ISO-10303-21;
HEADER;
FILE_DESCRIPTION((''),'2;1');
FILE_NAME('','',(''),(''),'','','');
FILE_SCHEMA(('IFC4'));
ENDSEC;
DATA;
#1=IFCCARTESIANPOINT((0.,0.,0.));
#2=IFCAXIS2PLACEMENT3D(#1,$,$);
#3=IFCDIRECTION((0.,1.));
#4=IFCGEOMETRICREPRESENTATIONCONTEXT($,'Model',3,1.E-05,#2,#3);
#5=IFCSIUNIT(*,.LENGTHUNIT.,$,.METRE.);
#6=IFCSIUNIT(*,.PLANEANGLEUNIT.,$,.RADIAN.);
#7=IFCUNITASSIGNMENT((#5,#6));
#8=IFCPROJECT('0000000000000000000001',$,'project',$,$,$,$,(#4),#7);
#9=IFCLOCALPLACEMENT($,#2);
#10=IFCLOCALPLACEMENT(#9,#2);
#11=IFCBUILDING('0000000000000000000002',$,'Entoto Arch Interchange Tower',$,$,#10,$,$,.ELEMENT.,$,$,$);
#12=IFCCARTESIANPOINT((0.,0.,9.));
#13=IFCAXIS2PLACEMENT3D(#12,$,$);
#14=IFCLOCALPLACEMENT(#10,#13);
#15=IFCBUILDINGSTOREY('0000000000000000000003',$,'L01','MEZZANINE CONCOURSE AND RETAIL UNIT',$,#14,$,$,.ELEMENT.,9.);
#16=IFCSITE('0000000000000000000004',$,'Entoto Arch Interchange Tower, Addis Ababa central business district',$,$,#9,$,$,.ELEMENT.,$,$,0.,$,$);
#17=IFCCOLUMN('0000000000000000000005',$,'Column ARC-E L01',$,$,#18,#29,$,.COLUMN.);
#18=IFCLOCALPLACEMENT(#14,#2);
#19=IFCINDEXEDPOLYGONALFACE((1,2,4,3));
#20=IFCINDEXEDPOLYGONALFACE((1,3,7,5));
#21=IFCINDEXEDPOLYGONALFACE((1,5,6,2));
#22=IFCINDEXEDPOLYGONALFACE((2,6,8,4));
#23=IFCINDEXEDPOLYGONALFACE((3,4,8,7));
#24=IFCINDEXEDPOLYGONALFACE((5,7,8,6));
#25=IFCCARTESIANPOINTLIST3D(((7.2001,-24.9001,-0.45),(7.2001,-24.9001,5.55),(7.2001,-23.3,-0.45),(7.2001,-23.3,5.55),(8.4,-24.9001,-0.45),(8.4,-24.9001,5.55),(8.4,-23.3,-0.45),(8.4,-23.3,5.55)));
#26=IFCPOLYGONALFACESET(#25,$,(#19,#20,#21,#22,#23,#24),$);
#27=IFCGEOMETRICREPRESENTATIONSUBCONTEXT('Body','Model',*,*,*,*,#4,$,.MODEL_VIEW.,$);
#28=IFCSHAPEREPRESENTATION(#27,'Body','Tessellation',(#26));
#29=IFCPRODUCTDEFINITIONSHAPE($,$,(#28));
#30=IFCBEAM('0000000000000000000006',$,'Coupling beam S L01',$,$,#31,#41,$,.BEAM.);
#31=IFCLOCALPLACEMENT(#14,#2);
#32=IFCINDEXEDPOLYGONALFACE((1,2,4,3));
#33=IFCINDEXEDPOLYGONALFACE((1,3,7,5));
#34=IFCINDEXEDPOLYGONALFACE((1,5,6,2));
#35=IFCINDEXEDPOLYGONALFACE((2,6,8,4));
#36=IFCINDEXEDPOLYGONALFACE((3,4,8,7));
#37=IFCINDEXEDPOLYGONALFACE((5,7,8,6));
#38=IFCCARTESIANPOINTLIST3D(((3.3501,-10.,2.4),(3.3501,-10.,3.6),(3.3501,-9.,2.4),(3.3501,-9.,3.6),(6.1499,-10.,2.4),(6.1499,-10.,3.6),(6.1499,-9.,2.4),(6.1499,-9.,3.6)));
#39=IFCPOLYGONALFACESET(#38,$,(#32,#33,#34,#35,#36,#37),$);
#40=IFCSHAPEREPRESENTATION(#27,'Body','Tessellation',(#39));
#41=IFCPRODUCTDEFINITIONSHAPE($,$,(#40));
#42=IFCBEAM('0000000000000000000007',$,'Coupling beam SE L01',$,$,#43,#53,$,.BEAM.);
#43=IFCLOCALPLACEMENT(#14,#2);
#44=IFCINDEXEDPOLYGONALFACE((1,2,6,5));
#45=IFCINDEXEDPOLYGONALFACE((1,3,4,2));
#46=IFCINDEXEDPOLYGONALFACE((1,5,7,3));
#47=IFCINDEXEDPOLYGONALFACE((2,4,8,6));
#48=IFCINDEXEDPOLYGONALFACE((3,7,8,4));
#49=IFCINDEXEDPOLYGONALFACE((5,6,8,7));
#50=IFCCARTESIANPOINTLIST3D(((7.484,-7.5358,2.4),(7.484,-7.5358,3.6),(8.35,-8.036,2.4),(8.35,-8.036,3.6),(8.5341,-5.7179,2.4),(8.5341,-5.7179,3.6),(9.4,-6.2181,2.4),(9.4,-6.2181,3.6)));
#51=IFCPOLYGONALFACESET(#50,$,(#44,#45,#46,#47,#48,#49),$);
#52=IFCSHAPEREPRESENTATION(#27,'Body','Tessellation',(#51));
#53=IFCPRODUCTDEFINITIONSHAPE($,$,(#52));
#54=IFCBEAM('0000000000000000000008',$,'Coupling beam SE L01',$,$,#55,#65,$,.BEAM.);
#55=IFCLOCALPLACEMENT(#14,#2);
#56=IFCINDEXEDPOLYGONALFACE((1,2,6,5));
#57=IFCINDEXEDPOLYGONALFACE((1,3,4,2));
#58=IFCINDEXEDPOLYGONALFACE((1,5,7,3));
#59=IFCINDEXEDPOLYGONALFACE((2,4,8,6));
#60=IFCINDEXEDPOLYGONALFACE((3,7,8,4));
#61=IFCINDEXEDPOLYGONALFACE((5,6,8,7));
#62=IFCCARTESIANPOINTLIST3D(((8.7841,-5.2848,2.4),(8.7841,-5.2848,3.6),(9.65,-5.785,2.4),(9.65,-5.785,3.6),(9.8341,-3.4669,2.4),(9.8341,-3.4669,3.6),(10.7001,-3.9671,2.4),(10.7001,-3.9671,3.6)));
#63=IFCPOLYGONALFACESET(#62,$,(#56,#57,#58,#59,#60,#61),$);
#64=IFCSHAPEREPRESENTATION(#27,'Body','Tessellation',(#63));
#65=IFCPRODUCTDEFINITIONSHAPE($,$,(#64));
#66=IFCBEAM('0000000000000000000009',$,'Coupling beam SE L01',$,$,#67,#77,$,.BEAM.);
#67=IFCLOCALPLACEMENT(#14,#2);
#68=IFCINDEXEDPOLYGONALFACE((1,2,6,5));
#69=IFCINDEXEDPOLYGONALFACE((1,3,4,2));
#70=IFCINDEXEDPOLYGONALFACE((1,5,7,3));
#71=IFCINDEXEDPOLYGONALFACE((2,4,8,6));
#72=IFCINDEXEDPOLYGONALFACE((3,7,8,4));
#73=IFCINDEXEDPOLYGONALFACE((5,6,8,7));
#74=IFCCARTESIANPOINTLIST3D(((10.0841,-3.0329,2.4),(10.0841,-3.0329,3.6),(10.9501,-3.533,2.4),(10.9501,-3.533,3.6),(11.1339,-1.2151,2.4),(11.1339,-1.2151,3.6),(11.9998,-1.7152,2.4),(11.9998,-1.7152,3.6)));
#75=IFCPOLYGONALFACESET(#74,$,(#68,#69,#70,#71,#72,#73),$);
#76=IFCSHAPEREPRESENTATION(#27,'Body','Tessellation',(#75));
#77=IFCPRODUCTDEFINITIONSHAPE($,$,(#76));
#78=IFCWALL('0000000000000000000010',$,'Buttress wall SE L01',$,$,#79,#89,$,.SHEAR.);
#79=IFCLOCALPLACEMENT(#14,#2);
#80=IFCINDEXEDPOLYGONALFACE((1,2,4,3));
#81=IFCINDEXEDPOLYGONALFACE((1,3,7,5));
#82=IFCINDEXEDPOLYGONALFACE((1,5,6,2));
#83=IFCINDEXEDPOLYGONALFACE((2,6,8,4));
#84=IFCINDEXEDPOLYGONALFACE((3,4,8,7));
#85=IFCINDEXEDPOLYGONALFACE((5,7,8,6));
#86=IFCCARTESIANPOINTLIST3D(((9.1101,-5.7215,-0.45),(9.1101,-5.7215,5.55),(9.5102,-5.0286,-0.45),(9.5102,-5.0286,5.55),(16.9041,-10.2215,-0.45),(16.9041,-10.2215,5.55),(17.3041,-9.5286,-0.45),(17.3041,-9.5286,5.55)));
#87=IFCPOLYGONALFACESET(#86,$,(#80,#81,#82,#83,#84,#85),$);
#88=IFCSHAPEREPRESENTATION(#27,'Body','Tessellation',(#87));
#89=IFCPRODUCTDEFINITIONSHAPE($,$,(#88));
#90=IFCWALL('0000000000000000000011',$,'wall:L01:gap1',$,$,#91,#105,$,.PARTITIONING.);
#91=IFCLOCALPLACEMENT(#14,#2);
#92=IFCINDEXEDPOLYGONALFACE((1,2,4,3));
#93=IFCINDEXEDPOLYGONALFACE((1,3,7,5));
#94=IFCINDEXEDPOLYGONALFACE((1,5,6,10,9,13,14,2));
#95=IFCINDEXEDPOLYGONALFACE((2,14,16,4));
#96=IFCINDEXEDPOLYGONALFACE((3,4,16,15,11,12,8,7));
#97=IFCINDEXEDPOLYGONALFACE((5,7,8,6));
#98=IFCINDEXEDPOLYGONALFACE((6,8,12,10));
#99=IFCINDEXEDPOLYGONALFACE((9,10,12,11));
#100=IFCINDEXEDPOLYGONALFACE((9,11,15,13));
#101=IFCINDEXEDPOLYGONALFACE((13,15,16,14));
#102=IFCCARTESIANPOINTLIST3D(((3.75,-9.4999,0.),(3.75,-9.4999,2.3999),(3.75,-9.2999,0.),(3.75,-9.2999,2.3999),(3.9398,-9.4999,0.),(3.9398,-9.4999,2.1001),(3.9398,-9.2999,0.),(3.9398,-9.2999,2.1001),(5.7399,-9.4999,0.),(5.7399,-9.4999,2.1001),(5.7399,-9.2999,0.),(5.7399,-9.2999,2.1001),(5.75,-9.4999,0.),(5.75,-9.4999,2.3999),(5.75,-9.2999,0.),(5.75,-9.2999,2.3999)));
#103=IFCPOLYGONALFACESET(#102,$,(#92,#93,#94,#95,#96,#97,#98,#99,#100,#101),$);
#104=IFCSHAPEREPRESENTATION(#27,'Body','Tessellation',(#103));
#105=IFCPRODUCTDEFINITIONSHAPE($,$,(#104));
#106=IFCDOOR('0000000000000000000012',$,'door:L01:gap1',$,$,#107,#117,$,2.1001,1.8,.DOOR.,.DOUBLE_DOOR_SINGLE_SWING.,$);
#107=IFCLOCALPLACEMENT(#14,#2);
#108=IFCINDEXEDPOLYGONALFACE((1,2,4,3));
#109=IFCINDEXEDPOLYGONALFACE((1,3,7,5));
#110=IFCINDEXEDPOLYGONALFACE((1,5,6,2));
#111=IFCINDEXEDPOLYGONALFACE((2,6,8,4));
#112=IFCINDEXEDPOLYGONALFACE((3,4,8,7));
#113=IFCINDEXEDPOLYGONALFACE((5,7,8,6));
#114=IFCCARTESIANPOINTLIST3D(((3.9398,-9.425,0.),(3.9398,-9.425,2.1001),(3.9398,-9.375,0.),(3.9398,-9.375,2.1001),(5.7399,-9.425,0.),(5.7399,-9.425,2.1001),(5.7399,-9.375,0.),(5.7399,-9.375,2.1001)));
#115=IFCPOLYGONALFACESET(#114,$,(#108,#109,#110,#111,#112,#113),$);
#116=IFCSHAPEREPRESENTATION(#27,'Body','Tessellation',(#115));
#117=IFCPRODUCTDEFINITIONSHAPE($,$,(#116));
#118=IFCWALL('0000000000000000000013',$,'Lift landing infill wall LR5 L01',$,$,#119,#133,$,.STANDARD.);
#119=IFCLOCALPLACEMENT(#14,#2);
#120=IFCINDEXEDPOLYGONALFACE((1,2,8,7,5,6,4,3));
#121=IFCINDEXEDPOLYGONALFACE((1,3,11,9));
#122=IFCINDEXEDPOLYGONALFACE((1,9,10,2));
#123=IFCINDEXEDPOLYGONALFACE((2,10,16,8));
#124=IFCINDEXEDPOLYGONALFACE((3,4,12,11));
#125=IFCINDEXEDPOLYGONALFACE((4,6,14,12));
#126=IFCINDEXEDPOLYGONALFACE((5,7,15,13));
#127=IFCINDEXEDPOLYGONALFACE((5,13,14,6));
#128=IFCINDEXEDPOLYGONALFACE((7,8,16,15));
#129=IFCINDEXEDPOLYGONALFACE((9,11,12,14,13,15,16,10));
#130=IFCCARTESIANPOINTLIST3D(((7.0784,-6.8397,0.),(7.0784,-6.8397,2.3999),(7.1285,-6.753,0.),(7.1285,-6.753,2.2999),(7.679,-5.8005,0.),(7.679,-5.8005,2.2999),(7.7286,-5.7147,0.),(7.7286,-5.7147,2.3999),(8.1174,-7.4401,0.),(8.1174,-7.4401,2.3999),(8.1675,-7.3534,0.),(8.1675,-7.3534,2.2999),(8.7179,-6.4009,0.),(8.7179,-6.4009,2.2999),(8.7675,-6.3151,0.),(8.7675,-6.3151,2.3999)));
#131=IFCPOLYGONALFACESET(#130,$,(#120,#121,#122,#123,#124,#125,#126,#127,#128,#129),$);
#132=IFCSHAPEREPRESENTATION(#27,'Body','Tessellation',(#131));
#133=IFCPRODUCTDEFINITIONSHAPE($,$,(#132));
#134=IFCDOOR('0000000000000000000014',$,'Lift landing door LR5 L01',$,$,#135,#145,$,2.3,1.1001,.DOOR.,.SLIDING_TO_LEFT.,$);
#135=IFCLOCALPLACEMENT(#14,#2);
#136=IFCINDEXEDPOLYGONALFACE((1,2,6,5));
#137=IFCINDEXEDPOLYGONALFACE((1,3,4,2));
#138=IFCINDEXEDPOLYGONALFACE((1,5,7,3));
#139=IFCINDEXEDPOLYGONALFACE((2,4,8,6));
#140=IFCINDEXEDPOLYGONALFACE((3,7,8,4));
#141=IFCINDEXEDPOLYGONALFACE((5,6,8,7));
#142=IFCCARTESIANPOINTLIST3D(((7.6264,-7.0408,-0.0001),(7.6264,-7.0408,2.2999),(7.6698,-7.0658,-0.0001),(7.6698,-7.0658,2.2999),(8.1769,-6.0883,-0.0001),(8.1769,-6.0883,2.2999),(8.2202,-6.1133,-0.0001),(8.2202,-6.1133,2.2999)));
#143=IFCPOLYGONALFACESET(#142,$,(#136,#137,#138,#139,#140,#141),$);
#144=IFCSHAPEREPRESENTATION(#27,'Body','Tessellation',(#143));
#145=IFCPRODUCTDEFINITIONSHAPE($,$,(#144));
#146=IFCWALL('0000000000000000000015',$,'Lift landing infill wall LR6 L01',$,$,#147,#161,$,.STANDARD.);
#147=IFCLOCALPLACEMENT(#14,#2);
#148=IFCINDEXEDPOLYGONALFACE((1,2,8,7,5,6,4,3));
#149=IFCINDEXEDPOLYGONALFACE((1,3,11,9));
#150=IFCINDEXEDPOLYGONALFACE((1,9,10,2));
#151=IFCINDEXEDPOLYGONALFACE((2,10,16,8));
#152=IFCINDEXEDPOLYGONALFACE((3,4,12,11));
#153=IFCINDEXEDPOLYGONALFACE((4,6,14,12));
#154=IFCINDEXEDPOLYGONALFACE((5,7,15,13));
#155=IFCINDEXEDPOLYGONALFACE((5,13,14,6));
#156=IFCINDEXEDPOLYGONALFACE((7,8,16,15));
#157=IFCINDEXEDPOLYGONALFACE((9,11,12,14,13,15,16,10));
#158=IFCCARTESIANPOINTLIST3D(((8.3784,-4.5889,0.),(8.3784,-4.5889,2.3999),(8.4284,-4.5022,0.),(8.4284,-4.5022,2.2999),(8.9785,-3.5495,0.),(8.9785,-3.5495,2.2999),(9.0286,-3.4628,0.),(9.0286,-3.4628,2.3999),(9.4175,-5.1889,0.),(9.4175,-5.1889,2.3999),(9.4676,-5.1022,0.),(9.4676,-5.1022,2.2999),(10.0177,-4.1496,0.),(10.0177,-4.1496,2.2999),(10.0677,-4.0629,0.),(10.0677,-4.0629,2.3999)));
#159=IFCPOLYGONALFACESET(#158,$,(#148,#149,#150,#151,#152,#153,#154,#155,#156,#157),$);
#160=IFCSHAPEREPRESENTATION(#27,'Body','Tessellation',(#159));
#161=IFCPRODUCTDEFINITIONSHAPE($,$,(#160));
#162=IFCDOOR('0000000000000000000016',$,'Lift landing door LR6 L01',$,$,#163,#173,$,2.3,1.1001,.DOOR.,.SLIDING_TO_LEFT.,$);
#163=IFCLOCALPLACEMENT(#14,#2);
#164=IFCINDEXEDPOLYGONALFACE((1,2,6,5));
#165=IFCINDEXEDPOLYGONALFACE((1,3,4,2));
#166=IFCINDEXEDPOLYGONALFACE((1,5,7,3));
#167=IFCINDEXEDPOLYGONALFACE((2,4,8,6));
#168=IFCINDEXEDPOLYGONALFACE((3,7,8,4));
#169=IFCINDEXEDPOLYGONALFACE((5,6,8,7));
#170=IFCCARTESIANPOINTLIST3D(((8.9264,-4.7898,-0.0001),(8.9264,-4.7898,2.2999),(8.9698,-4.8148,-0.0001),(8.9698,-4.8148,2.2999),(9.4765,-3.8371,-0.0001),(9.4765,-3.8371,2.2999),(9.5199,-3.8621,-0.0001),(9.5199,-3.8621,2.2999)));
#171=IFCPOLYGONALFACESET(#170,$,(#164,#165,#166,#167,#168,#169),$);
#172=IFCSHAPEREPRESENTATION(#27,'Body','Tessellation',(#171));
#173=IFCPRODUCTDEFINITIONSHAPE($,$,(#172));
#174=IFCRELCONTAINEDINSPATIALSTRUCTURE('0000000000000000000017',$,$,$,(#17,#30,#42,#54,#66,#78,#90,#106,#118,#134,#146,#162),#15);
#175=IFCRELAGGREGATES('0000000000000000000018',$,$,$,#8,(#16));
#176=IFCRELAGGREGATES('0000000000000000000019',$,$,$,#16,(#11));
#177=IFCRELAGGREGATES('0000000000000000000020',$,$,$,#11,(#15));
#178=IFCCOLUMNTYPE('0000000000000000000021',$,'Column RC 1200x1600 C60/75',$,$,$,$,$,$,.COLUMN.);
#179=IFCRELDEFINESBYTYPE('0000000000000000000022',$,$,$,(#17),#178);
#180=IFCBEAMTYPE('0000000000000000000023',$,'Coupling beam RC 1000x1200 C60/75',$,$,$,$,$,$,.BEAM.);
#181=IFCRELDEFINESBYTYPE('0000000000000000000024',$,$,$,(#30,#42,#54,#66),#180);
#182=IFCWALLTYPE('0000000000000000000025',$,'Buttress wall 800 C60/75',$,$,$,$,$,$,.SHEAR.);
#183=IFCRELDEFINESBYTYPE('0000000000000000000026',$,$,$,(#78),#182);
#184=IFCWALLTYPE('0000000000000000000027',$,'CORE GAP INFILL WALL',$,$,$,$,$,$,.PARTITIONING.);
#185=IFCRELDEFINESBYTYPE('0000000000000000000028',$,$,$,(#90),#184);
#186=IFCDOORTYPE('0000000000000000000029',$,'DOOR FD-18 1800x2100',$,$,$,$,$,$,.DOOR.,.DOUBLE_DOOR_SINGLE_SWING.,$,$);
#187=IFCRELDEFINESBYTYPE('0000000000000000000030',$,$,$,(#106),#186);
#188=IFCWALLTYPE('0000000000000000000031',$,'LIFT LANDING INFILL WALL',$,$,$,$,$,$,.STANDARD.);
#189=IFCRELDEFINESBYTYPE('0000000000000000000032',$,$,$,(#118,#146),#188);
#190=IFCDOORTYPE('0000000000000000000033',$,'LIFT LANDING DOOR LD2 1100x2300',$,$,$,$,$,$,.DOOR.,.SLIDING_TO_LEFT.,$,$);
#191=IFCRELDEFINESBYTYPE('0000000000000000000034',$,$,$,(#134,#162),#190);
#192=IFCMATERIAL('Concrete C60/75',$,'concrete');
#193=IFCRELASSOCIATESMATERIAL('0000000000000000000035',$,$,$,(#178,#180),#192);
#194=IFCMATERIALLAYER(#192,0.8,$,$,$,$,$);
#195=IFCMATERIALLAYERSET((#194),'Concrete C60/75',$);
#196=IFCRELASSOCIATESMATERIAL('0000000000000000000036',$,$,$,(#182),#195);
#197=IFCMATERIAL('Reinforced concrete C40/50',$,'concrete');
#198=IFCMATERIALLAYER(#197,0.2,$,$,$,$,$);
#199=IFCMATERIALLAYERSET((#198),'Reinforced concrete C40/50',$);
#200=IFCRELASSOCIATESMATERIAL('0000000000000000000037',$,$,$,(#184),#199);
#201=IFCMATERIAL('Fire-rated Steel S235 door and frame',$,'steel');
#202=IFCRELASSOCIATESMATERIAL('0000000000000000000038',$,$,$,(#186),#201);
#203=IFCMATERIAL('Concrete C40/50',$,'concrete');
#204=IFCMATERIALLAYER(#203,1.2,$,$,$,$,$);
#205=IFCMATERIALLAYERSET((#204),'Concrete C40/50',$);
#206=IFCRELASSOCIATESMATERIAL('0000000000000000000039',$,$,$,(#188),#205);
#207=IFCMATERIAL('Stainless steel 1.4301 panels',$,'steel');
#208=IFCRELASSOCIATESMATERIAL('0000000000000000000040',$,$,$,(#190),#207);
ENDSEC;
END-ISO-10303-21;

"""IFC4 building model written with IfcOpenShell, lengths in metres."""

from ifc_helpers import new_model, si_unit, direction, frame, frame_2d, origin, origin_2d, place, context, subcontext, project, spatial, rectangle, extrude, material, layer, layer_set, material_profile, profile_set, type_object, element, fill, save


model = new_model("IFC4")

# Units and contexts
model_context = context("Model", 3, precision=1e-05, world=origin(), true_north=direction((0.0, 1.0)))
body_context = subcontext(model_context, "Body", "Model", "MODEL_VIEW")
ifc_project = project(units=[si_unit("LENGTHUNIT", "METRE"), si_unit("PLANEANGLEUNIT", "RADIAN")], contexts=[model_context])

# Site, building, storey
site_placement = place(None, origin())
site = spatial("IfcSite", under=ifc_project, at=site_placement, Name="Entoto Arch Interchange Tower, Addis Ababa central business district", CompositionType="ELEMENT", RefElevation=0.0)
building_placement = place(site_placement, origin())
building = spatial("IfcBuilding", under=site, at=building_placement, Name="Entoto Arch Interchange Tower", CompositionType="ELEMENT")
storey_placement = place(building_placement, frame((0.0, 0.0, 9.0)))
storey = spatial("IfcBuildingStorey", under=building, at=storey_placement, Name="L01", Description="MEZZANINE CONCOURSE AND RETAIL UNIT", CompositionType="ELEMENT", Elevation=9.0)

# Column
ifc_material_1 = material(Name="Concrete C60/75", Category="concrete")
ifc_material_profile_1 = material_profile(ifc_material_1, rectangle(XDim=1.2, YDim=1.6001, at=origin_2d()))
ifc_profile_set_1 = profile_set([ifc_material_profile_1], Name="Concrete C60/75")
column_type = type_object("IfcColumnType", Name="Column RC 1200x1600 C60/75", PredefinedType="COLUMN", material=ifc_profile_set_1)
column_placement = place(storey_placement, frame((7.8, -24.1001, -0.45), z_axis=(0.0, 0.0, 1.0), x_axis=(1.0, 0.0, 0.0)))
element("IfcColumn", 1, at=column_placement, inside=storey, type_object=column_type, Name="Column ARC-E L01", PredefinedType="COLUMN", context=body_context, shape_type="SweptSolid", body=[
    extrude(rectangle(XDim=1.2, YDim=1.6001, at=origin_2d()), origin(), (0.0, 0.0, 1.0), 6.0),
])

# Beams
ifc_material_profile_2 = material_profile(ifc_material_1, rectangle(XDim=1.0, YDim=1.2, at=origin_2d()))
ifc_profile_set_2 = profile_set([ifc_material_profile_2], Name="Concrete C60/75")
beam_type = type_object("IfcBeamType", Name="Coupling beam RC 1000x1200 C60/75", PredefinedType="BEAM", material=ifc_profile_set_2)
beam_1_placement = place(storey_placement, frame((3.3501, -9.5, 3.0), z_axis=(1.0, 0.0, 0.0), x_axis=(0.0, 1.0, 0.0)))
element("IfcBeam", 2, at=beam_1_placement, inside=storey, type_object=beam_type, Name="Coupling beam S L01", PredefinedType="BEAM", context=body_context, shape_type="SweptSolid", body=[
    extrude(rectangle(XDim=1.0, YDim=1.2, at=origin_2d()), origin(), (0.0, 0.0, 1.0), 2.7998),
])
for number, where, z_axis, x_axis, name in (
    (3, (7.917, -7.7859, 3.0), (0.500179, 0.865922, 0.0), (-0.865922, 0.500179, 0.0), "Coupling beam SE L01"),
    (4, (9.217, -5.5349, 3.0), (0.500179, 0.865922, 0.0), (-0.865922, 0.500179, 0.0), "Coupling beam SE L01"),
):
    element("IfcBeam", number, at=place(storey_placement, frame(where, z_axis=z_axis, x_axis=x_axis)), inside=storey, type_object=beam_type, Name=name, PredefinedType="BEAM", context=body_context, shape_type="SweptSolid", body=[
        extrude(rectangle(XDim=1.0, YDim=1.2, at=origin_2d()), origin(), (0.0, 0.0, 1.0), 2.0994),
    ])
beam_2_placement = place(storey_placement, frame((10.5171, -3.283, 3.0), z_axis=(0.500092, 0.865973, 0.0), x_axis=(-0.865973, 0.500092, 0.0)))
element("IfcBeam", 5, at=beam_2_placement, inside=storey, type_object=beam_type, Name="Coupling beam SE L01", PredefinedType="BEAM", context=body_context, shape_type="SweptSolid", body=[
    extrude(rectangle(XDim=1.0, YDim=1.2, at=origin_2d()), origin(), (0.0, 0.0, 1.0), 2.0991),
])

# Wall
ifc_layer_1 = layer(ifc_material_1, 0.8)
ifc_layer_set_1 = layer_set([ifc_layer_1], Name="Concrete C60/75")
wall_type_1 = type_object("IfcWallType", Name="Buttress wall 800 C60/75", PredefinedType="SHEAR", material=ifc_layer_set_1)
wall_1_placement = place(storey_placement, frame((9.3101, -5.375, -0.45), z_axis=(0.0, 0.0, 1.0), x_axis=(0.866018, -0.500014, 0.0)))
element("IfcWall", 6, at=wall_1_placement, inside=storey, type_object=wall_type_1, Name="Buttress wall SE L01", PredefinedType="SHEAR", context=body_context, shape_type="SweptSolid", body=[
    extrude(rectangle(XDim=8.9998, YDim=0.8, at=frame_2d((4.5, 0.0))), origin(), (0.0, 0.0, 1.0), 6.0),
])

# Walls, openings, doors
ifc_material_2 = material(Name="Reinforced concrete C40/50", Category="concrete")
ifc_layer_2 = layer(ifc_material_2, 0.2)
ifc_layer_set_2 = layer_set([ifc_layer_2], Name="Reinforced concrete C40/50")
wall_type_2 = type_object("IfcWallType", Name="CORE GAP INFILL WALL", PredefinedType="PARTITIONING", material=ifc_layer_set_2)
wall_2_placement = place(storey_placement, frame((3.75, -9.3999, 0.0), z_axis=(0.0, 0.0, 1.0), x_axis=(1.0, 0.0, 0.0)))
wall_2 = element("IfcWall", 7, at=wall_2_placement, inside=storey, type_object=wall_type_2, Name="wall:L01:gap1", PredefinedType="PARTITIONING", context=body_context, shape_type="SweptSolid", body=[
    extrude(rectangle(XDim=2.0, YDim=0.2, at=frame_2d((1.0, 0.0))), origin(), (0.0, 0.0, 1.0), 2.3999),
])
opening_1_placement = place(wall_2_placement, frame((0.1899, 0.0, 0.0)))
opening_1 = element("IfcOpeningElement", 8, at=opening_1_placement, cuts=wall_2, PredefinedType="OPENING", context=body_context, shape_type="SweptSolid", body=[
    extrude(rectangle(XDim=1.8, YDim=2.1001, at=frame_2d((0.8999, 1.05))), frame((0.0, 0.1099, 0.0), z_axis=(0.0, -1.0, 0.0), x_axis=(1.0, 0.0, 0.0)), (0.0, 0.0, 1.0), 0.22),
])
ifc_material_3 = material(Name="Fire-rated Steel S235 door and frame", Category="steel")
door_type_1 = type_object("IfcDoorType", Name="DOOR FD-18 1800x2100", OperationType="DOUBLE_DOOR_SINGLE_SWING", PredefinedType="DOOR", material=ifc_material_3)
door_1_placement = place(opening_1_placement, origin())
door_1 = element("IfcDoor", 9, at=door_1_placement, inside=storey, type_object=door_type_1, Name="door:L01:gap1", OperationType="DOUBLE_DOOR_SINGLE_SWING", OverallHeight=2.1001, OverallWidth=1.8, PredefinedType="DOOR", context=body_context, shape_type="SweptSolid", body=[
    extrude(rectangle(XDim=1.8, YDim=2.1001, at=frame_2d((0.8999, 1.05))), frame((0.0, 0.0249, 0.0), z_axis=(0.0, -1.0, 0.0), x_axis=(1.0, 0.0, 0.0)), (0.0, 0.0, 1.0), 0.05),
])
fill(opening_1, door_1)
ifc_material_4 = material(Name="Concrete C40/50", Category="concrete")
ifc_layer_3 = layer(ifc_material_4, 1.2)
ifc_layer_set_3 = layer_set([ifc_layer_3], Name="Concrete C40/50")
wall_type_3 = type_object("IfcWallType", Name="LIFT LANDING INFILL WALL", PredefinedType="STANDARD", material=ifc_layer_set_3)
wall_3_placement = place(storey_placement, frame((7.5979, -7.1399, 0.0), z_axis=(0.0, 0.0, 1.0), x_axis=(0.500362, 0.865816, 0.0)))
wall_3 = element("IfcWall", 10, at=wall_3_placement, inside=storey, type_object=wall_type_3, Name="Lift landing infill wall LR5 L01", PredefinedType="STANDARD", context=body_context, shape_type="SweptSolid", body=[
    extrude(rectangle(XDim=1.2993, YDim=1.2, at=frame_2d((0.6497, 0.0))), origin(), (0.0, 0.0, 1.0), 2.3999),
])
opening_2_placement = place(wall_3_placement, frame((0.1001, 0.0, 0.0)))
opening_2 = element("IfcOpeningElement", 11, at=opening_2_placement, cuts=wall_3, PredefinedType="OPENING", context=body_context, shape_type="SweptSolid", body=[
    extrude(rectangle(XDim=1.1001, YDim=2.3, at=frame_2d((0.55, 1.1499))), frame((0.0, 0.6099, 0.0), z_axis=(0.0, -1.0, 0.0), x_axis=(1.0, 0.0, 0.0)), (0.0, 0.0, 1.0), 1.22),
])
ifc_material_5 = material(Name="Stainless steel 1.4301 panels", Category="steel")
door_type_2 = type_object("IfcDoorType", Name="LIFT LANDING DOOR LD2 1100x2300", OperationType="SLIDING_TO_LEFT", PredefinedType="DOOR", material=ifc_material_5)
door_2_placement = place(opening_2_placement, origin())
door_2 = element("IfcDoor", 12, at=door_2_placement, inside=storey, type_object=door_type_2, Name="Lift landing door LR5 L01", OperationType="SLIDING_TO_LEFT", OverallHeight=2.3, OverallWidth=1.1001, PredefinedType="DOOR", context=body_context, shape_type="SweptSolid", body=[
    extrude(rectangle(XDim=1.1001, YDim=2.3, at=frame_2d((0.55, 1.1499))), frame((0.0, 0.0249, 0.0), z_axis=(0.0, -1.0, 0.0), x_axis=(1.0, 0.0, 0.0)), (0.0, 0.0, 1.0), 0.05),
])
fill(opening_2, door_2)
wall_4_placement = place(storey_placement, frame((8.8979, -4.8889, 0.0), z_axis=(0.0, 0.0, 1.0), x_axis=(0.500037, 0.866004, 0.0)))
wall_4 = element("IfcWall", 13, at=wall_4_placement, inside=storey, type_object=wall_type_3, Name="Lift landing infill wall LR6 L01", PredefinedType="STANDARD", context=body_context, shape_type="SweptSolid", body=[
    extrude(rectangle(XDim=1.3003, YDim=1.2, at=frame_2d((0.6501, 0.0))), origin(), (0.0, 0.0, 1.0), 2.3999),
])
opening_3_placement = place(wall_4_placement, frame((0.1001, 0.0, 0.0)))
opening_3 = element("IfcOpeningElement", 14, at=opening_3_placement, cuts=wall_4, PredefinedType="OPENING", context=body_context, shape_type="SweptSolid", body=[
    extrude(rectangle(XDim=1.1001, YDim=2.3, at=frame_2d((0.55, 1.1499))), frame((0.0, 0.6099, 0.0), z_axis=(0.0, -1.0, 0.0), x_axis=(1.0, 0.0, 0.0)), (0.0, 0.0, 1.0), 1.22),
])
door_3_placement = place(opening_3_placement, origin())
door_3 = element("IfcDoor", 15, at=door_3_placement, inside=storey, type_object=door_type_2, Name="Lift landing door LR6 L01", OperationType="SLIDING_TO_LEFT", OverallHeight=2.3, OverallWidth=1.1001, PredefinedType="DOOR", context=body_context, shape_type="SweptSolid", body=[
    extrude(rectangle(XDim=1.1001, YDim=2.3, at=frame_2d((0.55, 1.1499))), frame((0.0, 0.0249, 0.0), z_axis=(0.0, -1.0, 0.0), x_axis=(1.0, 0.0, 0.0)), (0.0, 0.0, 1.0), 0.05),
])
fill(opening_3, door_3)

save(model, "model.ifc")
